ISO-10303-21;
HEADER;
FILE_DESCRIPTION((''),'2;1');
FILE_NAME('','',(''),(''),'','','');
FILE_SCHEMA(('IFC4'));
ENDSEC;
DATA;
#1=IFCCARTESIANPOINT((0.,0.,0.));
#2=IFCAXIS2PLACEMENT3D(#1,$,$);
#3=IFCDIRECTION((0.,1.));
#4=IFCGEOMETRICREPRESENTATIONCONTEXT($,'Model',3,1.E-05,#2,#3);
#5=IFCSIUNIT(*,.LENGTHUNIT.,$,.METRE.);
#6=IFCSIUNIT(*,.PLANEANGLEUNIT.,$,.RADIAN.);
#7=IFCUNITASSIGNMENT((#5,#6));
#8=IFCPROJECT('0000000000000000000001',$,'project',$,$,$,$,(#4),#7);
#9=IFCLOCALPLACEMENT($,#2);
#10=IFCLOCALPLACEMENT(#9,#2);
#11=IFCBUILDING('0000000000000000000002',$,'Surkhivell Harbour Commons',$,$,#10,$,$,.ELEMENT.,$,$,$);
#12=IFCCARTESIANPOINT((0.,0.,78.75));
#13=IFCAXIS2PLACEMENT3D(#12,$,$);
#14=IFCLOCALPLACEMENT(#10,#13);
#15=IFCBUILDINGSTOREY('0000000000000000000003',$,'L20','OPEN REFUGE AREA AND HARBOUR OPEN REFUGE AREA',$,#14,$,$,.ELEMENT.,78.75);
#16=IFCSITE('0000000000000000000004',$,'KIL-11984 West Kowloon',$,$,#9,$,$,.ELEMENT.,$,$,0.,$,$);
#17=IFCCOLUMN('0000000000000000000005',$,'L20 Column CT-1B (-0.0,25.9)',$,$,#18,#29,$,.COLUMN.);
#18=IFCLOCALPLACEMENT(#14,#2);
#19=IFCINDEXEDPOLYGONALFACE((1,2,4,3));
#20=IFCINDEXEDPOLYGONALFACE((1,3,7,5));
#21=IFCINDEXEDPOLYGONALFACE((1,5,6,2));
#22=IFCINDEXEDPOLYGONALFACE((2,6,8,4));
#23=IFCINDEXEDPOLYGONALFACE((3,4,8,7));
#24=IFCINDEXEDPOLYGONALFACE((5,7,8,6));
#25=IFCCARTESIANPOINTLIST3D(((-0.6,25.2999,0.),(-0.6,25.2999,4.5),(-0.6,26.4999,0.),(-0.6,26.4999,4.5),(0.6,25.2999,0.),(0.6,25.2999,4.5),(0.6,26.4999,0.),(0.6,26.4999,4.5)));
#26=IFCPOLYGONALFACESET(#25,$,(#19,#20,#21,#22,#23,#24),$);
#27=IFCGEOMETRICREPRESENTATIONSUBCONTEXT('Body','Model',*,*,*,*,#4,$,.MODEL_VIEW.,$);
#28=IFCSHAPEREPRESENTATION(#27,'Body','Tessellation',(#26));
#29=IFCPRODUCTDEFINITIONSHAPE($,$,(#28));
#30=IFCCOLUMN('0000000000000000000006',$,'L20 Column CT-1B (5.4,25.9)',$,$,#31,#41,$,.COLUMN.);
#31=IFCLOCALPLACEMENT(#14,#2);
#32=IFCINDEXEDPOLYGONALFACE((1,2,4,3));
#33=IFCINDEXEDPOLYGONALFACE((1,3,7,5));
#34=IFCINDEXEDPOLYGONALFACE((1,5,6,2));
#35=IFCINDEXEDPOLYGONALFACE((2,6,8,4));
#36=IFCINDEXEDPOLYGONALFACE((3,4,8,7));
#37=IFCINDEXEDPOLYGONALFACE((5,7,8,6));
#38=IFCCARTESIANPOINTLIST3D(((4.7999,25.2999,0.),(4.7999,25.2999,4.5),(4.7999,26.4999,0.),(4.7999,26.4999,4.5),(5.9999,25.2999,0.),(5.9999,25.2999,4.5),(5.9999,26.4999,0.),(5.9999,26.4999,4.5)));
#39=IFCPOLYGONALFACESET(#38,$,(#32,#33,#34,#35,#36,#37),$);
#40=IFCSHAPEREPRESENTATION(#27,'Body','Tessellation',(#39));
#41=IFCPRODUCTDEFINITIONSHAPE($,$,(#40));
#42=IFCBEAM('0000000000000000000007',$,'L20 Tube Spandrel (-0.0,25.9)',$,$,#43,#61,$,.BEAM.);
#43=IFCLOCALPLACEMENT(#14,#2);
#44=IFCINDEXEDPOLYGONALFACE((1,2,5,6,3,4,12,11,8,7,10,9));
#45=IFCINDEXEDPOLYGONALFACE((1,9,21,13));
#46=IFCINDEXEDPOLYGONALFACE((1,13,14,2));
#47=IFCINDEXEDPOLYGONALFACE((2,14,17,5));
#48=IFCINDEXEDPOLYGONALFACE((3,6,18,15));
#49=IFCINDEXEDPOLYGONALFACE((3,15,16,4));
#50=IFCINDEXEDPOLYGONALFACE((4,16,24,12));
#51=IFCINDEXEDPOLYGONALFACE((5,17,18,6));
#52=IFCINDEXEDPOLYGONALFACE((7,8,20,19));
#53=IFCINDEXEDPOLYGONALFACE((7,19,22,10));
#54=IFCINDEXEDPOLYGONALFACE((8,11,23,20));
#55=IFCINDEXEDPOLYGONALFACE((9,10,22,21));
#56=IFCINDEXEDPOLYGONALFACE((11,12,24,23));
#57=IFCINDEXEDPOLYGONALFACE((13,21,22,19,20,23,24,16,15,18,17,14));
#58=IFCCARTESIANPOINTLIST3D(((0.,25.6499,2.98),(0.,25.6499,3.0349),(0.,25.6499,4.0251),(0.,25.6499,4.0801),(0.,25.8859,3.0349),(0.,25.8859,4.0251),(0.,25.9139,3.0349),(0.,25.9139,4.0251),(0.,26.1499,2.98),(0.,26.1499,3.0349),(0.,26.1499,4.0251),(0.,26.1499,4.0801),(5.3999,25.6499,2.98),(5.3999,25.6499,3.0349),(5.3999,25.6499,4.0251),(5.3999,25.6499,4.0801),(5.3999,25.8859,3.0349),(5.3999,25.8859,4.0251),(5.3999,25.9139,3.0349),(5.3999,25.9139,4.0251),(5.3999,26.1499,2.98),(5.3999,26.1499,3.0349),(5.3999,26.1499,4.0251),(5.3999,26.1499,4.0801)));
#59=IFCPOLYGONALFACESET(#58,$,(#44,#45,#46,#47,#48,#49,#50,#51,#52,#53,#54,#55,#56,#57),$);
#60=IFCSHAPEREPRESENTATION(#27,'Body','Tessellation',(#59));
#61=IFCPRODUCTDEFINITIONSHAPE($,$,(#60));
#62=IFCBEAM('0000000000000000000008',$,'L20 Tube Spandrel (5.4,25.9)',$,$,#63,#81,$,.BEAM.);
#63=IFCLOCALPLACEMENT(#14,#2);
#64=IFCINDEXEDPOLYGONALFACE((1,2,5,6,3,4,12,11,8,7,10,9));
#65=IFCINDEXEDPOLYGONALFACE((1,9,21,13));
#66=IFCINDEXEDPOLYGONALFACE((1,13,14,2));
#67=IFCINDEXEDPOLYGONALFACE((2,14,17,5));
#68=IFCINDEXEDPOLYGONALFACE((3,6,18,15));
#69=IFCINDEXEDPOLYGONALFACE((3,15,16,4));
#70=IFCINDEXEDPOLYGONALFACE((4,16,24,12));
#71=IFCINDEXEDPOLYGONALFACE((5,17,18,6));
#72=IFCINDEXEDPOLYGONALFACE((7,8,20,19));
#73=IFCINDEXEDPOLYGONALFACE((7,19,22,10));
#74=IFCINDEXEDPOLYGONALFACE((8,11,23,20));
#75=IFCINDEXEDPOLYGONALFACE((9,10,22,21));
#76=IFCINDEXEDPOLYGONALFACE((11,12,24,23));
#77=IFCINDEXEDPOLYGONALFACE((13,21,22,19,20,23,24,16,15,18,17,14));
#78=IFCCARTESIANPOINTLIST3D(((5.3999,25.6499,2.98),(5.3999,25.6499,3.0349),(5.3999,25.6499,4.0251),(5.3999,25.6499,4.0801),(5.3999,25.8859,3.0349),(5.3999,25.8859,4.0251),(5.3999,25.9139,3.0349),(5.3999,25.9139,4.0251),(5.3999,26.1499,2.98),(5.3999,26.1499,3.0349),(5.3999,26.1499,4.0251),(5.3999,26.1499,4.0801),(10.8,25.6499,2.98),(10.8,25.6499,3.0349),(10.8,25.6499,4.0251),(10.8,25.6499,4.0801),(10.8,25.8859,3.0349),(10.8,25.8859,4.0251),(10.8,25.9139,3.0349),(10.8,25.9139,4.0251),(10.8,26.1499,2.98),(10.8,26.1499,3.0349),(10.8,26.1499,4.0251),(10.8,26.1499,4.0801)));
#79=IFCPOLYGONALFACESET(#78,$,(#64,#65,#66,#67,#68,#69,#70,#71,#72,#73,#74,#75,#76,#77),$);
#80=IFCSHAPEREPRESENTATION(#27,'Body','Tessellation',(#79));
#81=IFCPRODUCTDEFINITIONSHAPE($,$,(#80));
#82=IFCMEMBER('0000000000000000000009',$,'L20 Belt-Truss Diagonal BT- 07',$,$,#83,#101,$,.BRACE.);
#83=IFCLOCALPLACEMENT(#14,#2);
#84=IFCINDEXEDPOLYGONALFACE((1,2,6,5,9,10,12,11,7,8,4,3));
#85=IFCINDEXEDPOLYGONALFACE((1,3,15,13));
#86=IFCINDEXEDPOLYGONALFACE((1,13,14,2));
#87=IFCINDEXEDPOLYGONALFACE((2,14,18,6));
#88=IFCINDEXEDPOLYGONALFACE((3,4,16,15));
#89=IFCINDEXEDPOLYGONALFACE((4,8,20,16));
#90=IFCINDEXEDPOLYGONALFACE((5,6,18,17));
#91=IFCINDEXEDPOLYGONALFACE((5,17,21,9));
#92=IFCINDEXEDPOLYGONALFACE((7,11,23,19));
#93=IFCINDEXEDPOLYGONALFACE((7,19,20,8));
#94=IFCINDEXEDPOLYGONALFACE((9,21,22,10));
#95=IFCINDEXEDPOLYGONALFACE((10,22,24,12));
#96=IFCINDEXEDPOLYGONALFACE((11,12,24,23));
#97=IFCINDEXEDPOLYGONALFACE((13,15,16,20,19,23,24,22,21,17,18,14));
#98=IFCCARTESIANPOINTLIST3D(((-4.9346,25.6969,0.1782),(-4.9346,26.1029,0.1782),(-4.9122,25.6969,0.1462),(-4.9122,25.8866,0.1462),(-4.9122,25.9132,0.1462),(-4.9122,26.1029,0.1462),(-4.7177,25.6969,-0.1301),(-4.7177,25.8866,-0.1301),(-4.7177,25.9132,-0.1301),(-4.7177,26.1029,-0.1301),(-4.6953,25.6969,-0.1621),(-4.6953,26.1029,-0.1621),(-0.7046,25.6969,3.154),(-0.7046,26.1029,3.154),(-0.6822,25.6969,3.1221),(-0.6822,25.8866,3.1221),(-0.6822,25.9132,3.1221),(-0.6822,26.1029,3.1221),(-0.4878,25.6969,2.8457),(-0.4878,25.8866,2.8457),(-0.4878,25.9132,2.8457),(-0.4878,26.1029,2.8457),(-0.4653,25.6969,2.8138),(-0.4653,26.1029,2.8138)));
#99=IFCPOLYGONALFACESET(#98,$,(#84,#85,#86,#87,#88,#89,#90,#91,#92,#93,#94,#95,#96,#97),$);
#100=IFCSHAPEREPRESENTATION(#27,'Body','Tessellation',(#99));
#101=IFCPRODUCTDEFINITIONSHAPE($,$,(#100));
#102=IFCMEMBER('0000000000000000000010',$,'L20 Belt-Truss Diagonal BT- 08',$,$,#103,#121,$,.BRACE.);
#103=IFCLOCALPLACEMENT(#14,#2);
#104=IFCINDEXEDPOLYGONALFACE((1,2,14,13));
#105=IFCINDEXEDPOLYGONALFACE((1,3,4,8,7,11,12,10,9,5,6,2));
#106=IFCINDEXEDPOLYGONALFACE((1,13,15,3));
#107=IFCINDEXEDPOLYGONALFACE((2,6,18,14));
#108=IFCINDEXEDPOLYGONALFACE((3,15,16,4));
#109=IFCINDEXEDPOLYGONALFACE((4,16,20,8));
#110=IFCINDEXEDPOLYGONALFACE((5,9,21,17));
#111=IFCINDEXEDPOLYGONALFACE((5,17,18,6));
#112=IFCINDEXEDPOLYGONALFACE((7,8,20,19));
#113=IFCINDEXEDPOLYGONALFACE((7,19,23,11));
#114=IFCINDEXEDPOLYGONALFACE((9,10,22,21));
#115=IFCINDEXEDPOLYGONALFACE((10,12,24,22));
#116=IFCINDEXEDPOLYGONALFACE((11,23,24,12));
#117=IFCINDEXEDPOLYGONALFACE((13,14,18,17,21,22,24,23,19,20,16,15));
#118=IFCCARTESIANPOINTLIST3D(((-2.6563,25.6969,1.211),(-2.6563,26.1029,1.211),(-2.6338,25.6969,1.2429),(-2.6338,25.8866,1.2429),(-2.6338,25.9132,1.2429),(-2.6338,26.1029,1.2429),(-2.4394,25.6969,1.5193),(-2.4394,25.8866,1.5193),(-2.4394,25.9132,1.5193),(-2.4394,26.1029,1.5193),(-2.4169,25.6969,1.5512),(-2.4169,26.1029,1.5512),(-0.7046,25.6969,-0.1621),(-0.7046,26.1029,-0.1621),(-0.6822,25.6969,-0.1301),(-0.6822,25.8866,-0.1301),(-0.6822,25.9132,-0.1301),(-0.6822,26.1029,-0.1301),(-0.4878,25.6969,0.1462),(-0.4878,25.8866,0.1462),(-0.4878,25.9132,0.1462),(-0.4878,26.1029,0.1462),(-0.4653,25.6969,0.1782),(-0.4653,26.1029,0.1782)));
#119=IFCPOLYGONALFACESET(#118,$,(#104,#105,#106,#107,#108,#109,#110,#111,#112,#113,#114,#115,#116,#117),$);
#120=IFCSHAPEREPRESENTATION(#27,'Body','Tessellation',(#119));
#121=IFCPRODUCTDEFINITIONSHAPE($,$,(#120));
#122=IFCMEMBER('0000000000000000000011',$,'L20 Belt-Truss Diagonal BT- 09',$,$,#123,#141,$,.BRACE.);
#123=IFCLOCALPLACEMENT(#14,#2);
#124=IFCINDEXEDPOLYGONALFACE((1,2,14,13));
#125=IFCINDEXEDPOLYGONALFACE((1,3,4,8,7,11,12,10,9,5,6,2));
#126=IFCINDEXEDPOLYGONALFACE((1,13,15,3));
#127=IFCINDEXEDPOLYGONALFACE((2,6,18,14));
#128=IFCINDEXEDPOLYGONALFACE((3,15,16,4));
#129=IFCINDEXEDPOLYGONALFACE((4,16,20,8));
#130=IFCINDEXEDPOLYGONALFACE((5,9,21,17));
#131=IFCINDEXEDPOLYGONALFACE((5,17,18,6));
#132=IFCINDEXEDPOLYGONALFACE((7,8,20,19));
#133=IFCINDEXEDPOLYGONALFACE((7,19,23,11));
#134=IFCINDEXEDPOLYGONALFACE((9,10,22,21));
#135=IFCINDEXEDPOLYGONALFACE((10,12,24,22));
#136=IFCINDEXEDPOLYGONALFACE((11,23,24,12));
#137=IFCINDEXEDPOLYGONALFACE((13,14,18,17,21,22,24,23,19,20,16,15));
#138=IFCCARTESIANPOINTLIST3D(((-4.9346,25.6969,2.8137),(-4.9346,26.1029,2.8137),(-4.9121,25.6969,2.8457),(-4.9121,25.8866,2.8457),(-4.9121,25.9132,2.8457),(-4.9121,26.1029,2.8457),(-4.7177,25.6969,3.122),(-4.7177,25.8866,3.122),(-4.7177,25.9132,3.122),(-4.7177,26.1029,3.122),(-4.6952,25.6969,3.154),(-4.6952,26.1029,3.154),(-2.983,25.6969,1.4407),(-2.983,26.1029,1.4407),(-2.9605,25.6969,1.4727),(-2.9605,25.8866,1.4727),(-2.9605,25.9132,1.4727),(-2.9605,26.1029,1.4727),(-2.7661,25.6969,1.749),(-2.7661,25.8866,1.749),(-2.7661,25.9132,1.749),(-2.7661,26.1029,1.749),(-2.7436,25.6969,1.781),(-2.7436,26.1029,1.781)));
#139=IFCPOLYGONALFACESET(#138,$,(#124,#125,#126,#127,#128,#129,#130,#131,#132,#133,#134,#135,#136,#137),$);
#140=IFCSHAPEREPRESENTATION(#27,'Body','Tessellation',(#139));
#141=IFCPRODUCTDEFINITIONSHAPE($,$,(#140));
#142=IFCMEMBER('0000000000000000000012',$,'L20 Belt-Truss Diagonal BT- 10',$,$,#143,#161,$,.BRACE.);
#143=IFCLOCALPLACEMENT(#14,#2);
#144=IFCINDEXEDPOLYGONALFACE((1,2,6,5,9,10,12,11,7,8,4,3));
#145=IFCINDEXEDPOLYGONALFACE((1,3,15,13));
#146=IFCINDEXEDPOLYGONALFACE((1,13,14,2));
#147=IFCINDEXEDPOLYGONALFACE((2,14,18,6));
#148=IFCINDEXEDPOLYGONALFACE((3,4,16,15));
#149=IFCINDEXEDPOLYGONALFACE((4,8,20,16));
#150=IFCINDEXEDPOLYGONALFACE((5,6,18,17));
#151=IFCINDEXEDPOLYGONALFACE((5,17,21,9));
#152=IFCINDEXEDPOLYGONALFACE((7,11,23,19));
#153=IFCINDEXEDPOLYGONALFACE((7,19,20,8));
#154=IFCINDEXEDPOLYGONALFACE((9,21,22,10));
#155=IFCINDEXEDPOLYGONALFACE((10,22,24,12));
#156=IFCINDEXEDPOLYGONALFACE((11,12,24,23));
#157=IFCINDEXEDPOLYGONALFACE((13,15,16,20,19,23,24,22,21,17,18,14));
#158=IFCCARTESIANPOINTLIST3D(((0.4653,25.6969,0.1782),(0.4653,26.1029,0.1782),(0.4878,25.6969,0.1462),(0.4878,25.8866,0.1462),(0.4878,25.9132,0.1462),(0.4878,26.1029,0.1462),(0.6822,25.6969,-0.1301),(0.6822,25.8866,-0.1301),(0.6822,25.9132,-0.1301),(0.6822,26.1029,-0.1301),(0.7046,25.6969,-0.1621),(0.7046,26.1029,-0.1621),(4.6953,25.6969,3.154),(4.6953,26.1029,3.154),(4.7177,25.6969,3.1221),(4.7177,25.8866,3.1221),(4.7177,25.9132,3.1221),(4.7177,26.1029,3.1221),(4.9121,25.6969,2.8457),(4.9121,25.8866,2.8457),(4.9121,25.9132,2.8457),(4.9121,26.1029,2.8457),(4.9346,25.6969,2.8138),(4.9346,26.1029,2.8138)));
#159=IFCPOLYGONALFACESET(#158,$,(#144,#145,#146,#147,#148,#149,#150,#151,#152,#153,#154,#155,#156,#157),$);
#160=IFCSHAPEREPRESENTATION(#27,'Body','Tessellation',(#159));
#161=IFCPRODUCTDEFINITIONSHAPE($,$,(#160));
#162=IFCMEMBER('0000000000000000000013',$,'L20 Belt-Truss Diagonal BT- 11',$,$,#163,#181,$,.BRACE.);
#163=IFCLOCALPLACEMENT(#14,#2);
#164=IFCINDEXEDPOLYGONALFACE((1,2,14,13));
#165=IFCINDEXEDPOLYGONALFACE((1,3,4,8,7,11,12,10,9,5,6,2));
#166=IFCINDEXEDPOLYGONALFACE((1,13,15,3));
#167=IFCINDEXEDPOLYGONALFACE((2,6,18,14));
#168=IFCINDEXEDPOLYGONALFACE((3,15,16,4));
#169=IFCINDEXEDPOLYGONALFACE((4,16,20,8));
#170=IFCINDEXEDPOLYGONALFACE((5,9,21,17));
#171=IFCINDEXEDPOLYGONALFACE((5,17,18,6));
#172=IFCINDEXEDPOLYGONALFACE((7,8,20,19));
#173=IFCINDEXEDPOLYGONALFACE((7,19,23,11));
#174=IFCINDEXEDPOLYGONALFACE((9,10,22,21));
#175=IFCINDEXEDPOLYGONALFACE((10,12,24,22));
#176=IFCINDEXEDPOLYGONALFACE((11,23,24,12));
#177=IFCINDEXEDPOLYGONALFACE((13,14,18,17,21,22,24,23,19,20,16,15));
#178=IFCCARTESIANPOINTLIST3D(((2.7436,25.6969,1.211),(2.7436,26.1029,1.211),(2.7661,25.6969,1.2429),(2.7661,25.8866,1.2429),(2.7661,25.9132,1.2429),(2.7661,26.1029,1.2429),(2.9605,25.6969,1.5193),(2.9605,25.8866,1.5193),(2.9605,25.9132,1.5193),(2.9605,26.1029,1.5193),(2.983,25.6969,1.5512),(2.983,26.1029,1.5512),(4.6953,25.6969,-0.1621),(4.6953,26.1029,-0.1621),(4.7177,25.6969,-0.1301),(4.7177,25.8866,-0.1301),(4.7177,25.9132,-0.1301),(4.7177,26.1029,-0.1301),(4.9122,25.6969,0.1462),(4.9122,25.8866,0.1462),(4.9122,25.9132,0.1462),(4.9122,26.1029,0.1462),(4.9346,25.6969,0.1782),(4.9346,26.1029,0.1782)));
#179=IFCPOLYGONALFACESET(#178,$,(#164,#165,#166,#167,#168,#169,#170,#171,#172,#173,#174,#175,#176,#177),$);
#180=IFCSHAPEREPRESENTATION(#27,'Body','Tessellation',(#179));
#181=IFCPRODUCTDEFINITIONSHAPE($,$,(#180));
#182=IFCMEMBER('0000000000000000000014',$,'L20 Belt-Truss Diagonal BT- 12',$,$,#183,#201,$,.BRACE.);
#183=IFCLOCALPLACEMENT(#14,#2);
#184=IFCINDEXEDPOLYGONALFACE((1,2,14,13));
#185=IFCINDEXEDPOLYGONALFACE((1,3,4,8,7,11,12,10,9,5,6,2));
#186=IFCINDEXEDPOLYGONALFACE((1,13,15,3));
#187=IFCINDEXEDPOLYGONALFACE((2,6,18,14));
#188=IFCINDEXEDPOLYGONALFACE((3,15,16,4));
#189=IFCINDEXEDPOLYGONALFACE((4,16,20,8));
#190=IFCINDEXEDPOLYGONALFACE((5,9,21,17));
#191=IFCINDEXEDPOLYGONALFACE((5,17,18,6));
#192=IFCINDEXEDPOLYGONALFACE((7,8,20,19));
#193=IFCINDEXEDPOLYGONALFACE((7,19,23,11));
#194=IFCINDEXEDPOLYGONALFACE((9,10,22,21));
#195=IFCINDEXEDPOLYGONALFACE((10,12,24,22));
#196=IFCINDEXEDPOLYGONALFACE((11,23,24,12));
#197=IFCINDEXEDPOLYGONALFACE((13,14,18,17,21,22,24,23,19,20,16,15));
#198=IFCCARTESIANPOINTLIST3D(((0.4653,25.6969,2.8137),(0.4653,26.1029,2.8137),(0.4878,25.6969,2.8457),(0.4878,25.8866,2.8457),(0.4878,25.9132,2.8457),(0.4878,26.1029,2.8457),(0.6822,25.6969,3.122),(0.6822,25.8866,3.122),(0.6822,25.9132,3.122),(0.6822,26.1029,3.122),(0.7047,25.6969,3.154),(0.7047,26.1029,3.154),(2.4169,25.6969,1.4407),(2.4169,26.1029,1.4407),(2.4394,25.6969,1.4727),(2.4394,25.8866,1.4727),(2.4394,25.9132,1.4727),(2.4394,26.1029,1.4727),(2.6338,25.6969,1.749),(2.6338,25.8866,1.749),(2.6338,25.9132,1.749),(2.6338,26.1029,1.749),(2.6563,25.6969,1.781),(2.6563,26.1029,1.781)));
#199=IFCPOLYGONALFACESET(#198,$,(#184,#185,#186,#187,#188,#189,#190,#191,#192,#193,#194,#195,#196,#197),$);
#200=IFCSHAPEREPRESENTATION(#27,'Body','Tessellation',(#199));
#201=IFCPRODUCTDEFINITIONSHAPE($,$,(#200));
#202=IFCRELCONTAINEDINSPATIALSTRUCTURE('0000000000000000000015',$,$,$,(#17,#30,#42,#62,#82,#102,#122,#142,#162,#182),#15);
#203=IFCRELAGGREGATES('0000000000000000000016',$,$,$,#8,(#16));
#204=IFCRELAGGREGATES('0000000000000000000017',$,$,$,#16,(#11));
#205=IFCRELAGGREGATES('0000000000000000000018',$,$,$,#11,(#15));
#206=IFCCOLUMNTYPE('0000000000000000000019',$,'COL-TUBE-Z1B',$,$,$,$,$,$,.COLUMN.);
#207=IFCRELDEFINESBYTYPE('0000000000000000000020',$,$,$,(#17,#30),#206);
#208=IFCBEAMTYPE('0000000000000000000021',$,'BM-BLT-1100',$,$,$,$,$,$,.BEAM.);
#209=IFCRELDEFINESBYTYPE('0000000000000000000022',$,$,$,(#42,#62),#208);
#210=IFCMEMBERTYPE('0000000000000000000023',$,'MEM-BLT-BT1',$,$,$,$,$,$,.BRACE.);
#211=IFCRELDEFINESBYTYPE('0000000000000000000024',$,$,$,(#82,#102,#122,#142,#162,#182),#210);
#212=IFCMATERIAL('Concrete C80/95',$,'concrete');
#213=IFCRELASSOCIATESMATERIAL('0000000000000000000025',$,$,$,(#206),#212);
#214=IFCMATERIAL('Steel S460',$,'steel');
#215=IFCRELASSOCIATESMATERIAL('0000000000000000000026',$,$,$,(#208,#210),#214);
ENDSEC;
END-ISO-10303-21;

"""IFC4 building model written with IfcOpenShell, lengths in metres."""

from ifc_helpers import new_model, si_unit, direction, frame, origin, origin_2d, place, context, subcontext, project, spatial, rectangle, i_section, extrude, material, material_profile, profile_set, type_object, element, save


model = new_model("IFC4")

# Units and contexts
model_context = context("Model", 3, precision=1e-05, world=origin(), true_north=direction((0.0, 1.0)))
body_context = subcontext(model_context, "Body", "Model", "MODEL_VIEW")
ifc_project = project(units=[si_unit("LENGTHUNIT", "METRE"), si_unit("PLANEANGLEUNIT", "RADIAN")], contexts=[model_context])

# Site, building, storey
site_placement = place(None, origin())
site = spatial("IfcSite", under=ifc_project, at=site_placement, Name="KIL-11984 West Kowloon", CompositionType="ELEMENT", RefElevation=0.0)
building_placement = place(site_placement, origin())
building = spatial("IfcBuilding", under=site, at=building_placement, Name="Surkhivell Harbour Commons", CompositionType="ELEMENT")
storey_placement = place(building_placement, frame((0.0, 0.0, 78.75)))
storey = spatial("IfcBuildingStorey", under=building, at=storey_placement, Name="L20", Description="OPEN REFUGE AREA AND HARBOUR OPEN REFUGE AREA", CompositionType="ELEMENT", Elevation=78.75)

# Columns
ifc_material_1 = material(Name="Concrete C80/95", Category="concrete")
ifc_material_profile_1 = material_profile(ifc_material_1, rectangle(XDim=1.2, YDim=1.2, at=origin_2d()), Name="RC-COL-1200x1200")
ifc_profile_set_1 = profile_set([ifc_material_profile_1], Name="Concrete C80/95")
column_type = type_object("IfcColumnType", Name="COL-TUBE-Z1B", PredefinedType="COLUMN", material=ifc_profile_set_1)
for number, where, z_axis, x_axis, name in (
    (1, (0.0, 25.8999, 0.0), (0.0, 0.0, 1.0), (1.0, 0.0, 0.0), "L20 Column CT-1B (-0.0,25.9)"),
    (2, (5.3999, 25.8999, 0.0), (0.0, 0.0, 1.0), (1.0, 0.0, 0.0), "L20 Column CT-1B (5.4,25.9)"),
):
    element("IfcColumn", number, at=place(storey_placement, frame(where, z_axis=z_axis, x_axis=x_axis)), inside=storey, type_object=column_type, Name=name, PredefinedType="COLUMN", context=body_context, shape_type="SweptSolid", body=[
        extrude(rectangle(XDim=1.2, YDim=1.2, at=origin_2d()), origin(), (0.0, 0.0, 1.0), 4.5),
    ])

# Beams
ifc_material_2 = material(Name="Steel S460", Category="steel")
ifc_material_profile_2 = material_profile(ifc_material_2, i_section(OverallWidth=0.5, OverallDepth=1.1001, WebThickness=0.0281, FlangeThickness=0.0549, at=origin_2d()), Name="WPG1100x500x210")
ifc_profile_set_2 = profile_set([ifc_material_profile_2], Name="Steel S460")
beam_type = type_object("IfcBeamType", Name="BM-BLT-1100", PredefinedType="BEAM", material=ifc_profile_set_2)
beam_1_placement = place(storey_placement, frame((0.0, 25.8999, 3.53), z_axis=(1.0, 0.0, 0.0), x_axis=(0.0, 1.0, 0.0)))
element("IfcBeam", 3, at=beam_1_placement, inside=storey, type_object=beam_type, Name="L20 Tube Spandrel (-0.0,25.9)", PredefinedType="BEAM", context=body_context, shape_type="SweptSolid", body=[
    extrude(i_section(OverallWidth=0.5, OverallDepth=1.1001, WebThickness=0.0281, FlangeThickness=0.0549, at=origin_2d()), origin(), (0.0, 0.0, 1.0), 5.3999),
])
beam_2_placement = place(storey_placement, frame((5.3999, 25.8999, 3.53), z_axis=(1.0, 0.0, 0.0), x_axis=(0.0, 1.0, 0.0)))
element("IfcBeam", 4, at=beam_2_placement, inside=storey, type_object=beam_type, Name="L20 Tube Spandrel (5.4,25.9)", PredefinedType="BEAM", context=body_context, shape_type="SweptSolid", body=[
    extrude(i_section(OverallWidth=0.5, OverallDepth=1.1001, WebThickness=0.0281, FlangeThickness=0.0549, at=origin_2d()), origin(), (0.0, 0.0, 1.0), 5.4001),
])

# Members
ifc_material_profile_3 = material_profile(ifc_material_2, i_section(OverallWidth=0.406, OverallDepth=0.416, WebThickness=0.0266, FlangeThickness=0.0391, at=origin_2d()), Name="HD400x382")
ifc_profile_set_3 = profile_set([ifc_material_profile_3], Name="Steel S460")
member_type = type_object("IfcMemberType", Name="MEM-BLT-BT1", PredefinedType="BRACE", material=ifc_profile_set_3)
member_1_placement = place(storey_placement, frame((-4.8149, 25.8999, 0.0081), z_axis=(0.817881, 0.0, 0.575387), x_axis=(0.0, 1.0, 0.0)))
element("IfcMember", 5, at=member_1_placement, inside=storey, type_object=member_type, Name="L20 Belt-Truss Diagonal BT- 07", PredefinedType="BRACE", context=body_context, shape_type="SweptSolid", body=[
    extrude(i_section(OverallWidth=0.406, OverallDepth=0.416, WebThickness=0.0266, FlangeThickness=0.0391, at=origin_2d()), origin(), (0.0, 0.0, 1.0), 5.1719),
])
for number, where, z_axis, x_axis, name in (
    (6, (-0.585, 25.8999, 0.0081), (-0.817874, 0.0, 0.575397), (0.0, -1.0, 0.0), "L20 Belt-Truss Diagonal BT- 08"),
    (7, (-2.8633, 25.8999, 1.6108), (-0.817874, 0.0, 0.575397), (0.0, -1.0, 0.0), "L20 Belt-Truss Diagonal BT- 09"),
):
    element("IfcMember", number, at=place(storey_placement, frame(where, z_axis=z_axis, x_axis=x_axis)), inside=storey, type_object=member_type, Name=name, PredefinedType="BRACE", context=body_context, shape_type="SweptSolid", body=[
        extrude(i_section(OverallWidth=0.406, OverallDepth=0.416, WebThickness=0.0266, FlangeThickness=0.0391, at=origin_2d()), origin(), (0.0, 0.0, 1.0), 2.3862),
    ])
member_2_placement = place(storey_placement, frame((0.585, 25.8999, 0.0081), z_axis=(0.817881, 0.0, 0.575387), x_axis=(0.0, 1.0, 0.0)))
element("IfcMember", 8, at=member_2_placement, inside=storey, type_object=member_type, Name="L20 Belt-Truss Diagonal BT- 10", PredefinedType="BRACE", context=body_context, shape_type="SweptSolid", body=[
    extrude(i_section(OverallWidth=0.406, OverallDepth=0.416, WebThickness=0.0266, FlangeThickness=0.0391, at=origin_2d()), origin(), (0.0, 0.0, 1.0), 5.1719),
])
for number, where, z_axis, x_axis, name in (
    (9, (4.8149, 25.8999, 0.0081), (-0.817874, 0.0, 0.575397), (0.0, -1.0, 0.0), "L20 Belt-Truss Diagonal BT- 11"),
    (10, (2.5366, 25.8999, 1.6108), (-0.817874, 0.0, 0.575397), (0.0, -1.0, 0.0), "L20 Belt-Truss Diagonal BT- 12"),
):
    element("IfcMember", number, at=place(storey_placement, frame(where, z_axis=z_axis, x_axis=x_axis)), inside=storey, type_object=member_type, Name=name, PredefinedType="BRACE", context=body_context, shape_type="SweptSolid", body=[
        extrude(i_section(OverallWidth=0.406, OverallDepth=0.416, WebThickness=0.0266, FlangeThickness=0.0391, at=origin_2d()), origin(), (0.0, 0.0, 1.0), 2.3862),
    ])

save(model, "model.ifc")
